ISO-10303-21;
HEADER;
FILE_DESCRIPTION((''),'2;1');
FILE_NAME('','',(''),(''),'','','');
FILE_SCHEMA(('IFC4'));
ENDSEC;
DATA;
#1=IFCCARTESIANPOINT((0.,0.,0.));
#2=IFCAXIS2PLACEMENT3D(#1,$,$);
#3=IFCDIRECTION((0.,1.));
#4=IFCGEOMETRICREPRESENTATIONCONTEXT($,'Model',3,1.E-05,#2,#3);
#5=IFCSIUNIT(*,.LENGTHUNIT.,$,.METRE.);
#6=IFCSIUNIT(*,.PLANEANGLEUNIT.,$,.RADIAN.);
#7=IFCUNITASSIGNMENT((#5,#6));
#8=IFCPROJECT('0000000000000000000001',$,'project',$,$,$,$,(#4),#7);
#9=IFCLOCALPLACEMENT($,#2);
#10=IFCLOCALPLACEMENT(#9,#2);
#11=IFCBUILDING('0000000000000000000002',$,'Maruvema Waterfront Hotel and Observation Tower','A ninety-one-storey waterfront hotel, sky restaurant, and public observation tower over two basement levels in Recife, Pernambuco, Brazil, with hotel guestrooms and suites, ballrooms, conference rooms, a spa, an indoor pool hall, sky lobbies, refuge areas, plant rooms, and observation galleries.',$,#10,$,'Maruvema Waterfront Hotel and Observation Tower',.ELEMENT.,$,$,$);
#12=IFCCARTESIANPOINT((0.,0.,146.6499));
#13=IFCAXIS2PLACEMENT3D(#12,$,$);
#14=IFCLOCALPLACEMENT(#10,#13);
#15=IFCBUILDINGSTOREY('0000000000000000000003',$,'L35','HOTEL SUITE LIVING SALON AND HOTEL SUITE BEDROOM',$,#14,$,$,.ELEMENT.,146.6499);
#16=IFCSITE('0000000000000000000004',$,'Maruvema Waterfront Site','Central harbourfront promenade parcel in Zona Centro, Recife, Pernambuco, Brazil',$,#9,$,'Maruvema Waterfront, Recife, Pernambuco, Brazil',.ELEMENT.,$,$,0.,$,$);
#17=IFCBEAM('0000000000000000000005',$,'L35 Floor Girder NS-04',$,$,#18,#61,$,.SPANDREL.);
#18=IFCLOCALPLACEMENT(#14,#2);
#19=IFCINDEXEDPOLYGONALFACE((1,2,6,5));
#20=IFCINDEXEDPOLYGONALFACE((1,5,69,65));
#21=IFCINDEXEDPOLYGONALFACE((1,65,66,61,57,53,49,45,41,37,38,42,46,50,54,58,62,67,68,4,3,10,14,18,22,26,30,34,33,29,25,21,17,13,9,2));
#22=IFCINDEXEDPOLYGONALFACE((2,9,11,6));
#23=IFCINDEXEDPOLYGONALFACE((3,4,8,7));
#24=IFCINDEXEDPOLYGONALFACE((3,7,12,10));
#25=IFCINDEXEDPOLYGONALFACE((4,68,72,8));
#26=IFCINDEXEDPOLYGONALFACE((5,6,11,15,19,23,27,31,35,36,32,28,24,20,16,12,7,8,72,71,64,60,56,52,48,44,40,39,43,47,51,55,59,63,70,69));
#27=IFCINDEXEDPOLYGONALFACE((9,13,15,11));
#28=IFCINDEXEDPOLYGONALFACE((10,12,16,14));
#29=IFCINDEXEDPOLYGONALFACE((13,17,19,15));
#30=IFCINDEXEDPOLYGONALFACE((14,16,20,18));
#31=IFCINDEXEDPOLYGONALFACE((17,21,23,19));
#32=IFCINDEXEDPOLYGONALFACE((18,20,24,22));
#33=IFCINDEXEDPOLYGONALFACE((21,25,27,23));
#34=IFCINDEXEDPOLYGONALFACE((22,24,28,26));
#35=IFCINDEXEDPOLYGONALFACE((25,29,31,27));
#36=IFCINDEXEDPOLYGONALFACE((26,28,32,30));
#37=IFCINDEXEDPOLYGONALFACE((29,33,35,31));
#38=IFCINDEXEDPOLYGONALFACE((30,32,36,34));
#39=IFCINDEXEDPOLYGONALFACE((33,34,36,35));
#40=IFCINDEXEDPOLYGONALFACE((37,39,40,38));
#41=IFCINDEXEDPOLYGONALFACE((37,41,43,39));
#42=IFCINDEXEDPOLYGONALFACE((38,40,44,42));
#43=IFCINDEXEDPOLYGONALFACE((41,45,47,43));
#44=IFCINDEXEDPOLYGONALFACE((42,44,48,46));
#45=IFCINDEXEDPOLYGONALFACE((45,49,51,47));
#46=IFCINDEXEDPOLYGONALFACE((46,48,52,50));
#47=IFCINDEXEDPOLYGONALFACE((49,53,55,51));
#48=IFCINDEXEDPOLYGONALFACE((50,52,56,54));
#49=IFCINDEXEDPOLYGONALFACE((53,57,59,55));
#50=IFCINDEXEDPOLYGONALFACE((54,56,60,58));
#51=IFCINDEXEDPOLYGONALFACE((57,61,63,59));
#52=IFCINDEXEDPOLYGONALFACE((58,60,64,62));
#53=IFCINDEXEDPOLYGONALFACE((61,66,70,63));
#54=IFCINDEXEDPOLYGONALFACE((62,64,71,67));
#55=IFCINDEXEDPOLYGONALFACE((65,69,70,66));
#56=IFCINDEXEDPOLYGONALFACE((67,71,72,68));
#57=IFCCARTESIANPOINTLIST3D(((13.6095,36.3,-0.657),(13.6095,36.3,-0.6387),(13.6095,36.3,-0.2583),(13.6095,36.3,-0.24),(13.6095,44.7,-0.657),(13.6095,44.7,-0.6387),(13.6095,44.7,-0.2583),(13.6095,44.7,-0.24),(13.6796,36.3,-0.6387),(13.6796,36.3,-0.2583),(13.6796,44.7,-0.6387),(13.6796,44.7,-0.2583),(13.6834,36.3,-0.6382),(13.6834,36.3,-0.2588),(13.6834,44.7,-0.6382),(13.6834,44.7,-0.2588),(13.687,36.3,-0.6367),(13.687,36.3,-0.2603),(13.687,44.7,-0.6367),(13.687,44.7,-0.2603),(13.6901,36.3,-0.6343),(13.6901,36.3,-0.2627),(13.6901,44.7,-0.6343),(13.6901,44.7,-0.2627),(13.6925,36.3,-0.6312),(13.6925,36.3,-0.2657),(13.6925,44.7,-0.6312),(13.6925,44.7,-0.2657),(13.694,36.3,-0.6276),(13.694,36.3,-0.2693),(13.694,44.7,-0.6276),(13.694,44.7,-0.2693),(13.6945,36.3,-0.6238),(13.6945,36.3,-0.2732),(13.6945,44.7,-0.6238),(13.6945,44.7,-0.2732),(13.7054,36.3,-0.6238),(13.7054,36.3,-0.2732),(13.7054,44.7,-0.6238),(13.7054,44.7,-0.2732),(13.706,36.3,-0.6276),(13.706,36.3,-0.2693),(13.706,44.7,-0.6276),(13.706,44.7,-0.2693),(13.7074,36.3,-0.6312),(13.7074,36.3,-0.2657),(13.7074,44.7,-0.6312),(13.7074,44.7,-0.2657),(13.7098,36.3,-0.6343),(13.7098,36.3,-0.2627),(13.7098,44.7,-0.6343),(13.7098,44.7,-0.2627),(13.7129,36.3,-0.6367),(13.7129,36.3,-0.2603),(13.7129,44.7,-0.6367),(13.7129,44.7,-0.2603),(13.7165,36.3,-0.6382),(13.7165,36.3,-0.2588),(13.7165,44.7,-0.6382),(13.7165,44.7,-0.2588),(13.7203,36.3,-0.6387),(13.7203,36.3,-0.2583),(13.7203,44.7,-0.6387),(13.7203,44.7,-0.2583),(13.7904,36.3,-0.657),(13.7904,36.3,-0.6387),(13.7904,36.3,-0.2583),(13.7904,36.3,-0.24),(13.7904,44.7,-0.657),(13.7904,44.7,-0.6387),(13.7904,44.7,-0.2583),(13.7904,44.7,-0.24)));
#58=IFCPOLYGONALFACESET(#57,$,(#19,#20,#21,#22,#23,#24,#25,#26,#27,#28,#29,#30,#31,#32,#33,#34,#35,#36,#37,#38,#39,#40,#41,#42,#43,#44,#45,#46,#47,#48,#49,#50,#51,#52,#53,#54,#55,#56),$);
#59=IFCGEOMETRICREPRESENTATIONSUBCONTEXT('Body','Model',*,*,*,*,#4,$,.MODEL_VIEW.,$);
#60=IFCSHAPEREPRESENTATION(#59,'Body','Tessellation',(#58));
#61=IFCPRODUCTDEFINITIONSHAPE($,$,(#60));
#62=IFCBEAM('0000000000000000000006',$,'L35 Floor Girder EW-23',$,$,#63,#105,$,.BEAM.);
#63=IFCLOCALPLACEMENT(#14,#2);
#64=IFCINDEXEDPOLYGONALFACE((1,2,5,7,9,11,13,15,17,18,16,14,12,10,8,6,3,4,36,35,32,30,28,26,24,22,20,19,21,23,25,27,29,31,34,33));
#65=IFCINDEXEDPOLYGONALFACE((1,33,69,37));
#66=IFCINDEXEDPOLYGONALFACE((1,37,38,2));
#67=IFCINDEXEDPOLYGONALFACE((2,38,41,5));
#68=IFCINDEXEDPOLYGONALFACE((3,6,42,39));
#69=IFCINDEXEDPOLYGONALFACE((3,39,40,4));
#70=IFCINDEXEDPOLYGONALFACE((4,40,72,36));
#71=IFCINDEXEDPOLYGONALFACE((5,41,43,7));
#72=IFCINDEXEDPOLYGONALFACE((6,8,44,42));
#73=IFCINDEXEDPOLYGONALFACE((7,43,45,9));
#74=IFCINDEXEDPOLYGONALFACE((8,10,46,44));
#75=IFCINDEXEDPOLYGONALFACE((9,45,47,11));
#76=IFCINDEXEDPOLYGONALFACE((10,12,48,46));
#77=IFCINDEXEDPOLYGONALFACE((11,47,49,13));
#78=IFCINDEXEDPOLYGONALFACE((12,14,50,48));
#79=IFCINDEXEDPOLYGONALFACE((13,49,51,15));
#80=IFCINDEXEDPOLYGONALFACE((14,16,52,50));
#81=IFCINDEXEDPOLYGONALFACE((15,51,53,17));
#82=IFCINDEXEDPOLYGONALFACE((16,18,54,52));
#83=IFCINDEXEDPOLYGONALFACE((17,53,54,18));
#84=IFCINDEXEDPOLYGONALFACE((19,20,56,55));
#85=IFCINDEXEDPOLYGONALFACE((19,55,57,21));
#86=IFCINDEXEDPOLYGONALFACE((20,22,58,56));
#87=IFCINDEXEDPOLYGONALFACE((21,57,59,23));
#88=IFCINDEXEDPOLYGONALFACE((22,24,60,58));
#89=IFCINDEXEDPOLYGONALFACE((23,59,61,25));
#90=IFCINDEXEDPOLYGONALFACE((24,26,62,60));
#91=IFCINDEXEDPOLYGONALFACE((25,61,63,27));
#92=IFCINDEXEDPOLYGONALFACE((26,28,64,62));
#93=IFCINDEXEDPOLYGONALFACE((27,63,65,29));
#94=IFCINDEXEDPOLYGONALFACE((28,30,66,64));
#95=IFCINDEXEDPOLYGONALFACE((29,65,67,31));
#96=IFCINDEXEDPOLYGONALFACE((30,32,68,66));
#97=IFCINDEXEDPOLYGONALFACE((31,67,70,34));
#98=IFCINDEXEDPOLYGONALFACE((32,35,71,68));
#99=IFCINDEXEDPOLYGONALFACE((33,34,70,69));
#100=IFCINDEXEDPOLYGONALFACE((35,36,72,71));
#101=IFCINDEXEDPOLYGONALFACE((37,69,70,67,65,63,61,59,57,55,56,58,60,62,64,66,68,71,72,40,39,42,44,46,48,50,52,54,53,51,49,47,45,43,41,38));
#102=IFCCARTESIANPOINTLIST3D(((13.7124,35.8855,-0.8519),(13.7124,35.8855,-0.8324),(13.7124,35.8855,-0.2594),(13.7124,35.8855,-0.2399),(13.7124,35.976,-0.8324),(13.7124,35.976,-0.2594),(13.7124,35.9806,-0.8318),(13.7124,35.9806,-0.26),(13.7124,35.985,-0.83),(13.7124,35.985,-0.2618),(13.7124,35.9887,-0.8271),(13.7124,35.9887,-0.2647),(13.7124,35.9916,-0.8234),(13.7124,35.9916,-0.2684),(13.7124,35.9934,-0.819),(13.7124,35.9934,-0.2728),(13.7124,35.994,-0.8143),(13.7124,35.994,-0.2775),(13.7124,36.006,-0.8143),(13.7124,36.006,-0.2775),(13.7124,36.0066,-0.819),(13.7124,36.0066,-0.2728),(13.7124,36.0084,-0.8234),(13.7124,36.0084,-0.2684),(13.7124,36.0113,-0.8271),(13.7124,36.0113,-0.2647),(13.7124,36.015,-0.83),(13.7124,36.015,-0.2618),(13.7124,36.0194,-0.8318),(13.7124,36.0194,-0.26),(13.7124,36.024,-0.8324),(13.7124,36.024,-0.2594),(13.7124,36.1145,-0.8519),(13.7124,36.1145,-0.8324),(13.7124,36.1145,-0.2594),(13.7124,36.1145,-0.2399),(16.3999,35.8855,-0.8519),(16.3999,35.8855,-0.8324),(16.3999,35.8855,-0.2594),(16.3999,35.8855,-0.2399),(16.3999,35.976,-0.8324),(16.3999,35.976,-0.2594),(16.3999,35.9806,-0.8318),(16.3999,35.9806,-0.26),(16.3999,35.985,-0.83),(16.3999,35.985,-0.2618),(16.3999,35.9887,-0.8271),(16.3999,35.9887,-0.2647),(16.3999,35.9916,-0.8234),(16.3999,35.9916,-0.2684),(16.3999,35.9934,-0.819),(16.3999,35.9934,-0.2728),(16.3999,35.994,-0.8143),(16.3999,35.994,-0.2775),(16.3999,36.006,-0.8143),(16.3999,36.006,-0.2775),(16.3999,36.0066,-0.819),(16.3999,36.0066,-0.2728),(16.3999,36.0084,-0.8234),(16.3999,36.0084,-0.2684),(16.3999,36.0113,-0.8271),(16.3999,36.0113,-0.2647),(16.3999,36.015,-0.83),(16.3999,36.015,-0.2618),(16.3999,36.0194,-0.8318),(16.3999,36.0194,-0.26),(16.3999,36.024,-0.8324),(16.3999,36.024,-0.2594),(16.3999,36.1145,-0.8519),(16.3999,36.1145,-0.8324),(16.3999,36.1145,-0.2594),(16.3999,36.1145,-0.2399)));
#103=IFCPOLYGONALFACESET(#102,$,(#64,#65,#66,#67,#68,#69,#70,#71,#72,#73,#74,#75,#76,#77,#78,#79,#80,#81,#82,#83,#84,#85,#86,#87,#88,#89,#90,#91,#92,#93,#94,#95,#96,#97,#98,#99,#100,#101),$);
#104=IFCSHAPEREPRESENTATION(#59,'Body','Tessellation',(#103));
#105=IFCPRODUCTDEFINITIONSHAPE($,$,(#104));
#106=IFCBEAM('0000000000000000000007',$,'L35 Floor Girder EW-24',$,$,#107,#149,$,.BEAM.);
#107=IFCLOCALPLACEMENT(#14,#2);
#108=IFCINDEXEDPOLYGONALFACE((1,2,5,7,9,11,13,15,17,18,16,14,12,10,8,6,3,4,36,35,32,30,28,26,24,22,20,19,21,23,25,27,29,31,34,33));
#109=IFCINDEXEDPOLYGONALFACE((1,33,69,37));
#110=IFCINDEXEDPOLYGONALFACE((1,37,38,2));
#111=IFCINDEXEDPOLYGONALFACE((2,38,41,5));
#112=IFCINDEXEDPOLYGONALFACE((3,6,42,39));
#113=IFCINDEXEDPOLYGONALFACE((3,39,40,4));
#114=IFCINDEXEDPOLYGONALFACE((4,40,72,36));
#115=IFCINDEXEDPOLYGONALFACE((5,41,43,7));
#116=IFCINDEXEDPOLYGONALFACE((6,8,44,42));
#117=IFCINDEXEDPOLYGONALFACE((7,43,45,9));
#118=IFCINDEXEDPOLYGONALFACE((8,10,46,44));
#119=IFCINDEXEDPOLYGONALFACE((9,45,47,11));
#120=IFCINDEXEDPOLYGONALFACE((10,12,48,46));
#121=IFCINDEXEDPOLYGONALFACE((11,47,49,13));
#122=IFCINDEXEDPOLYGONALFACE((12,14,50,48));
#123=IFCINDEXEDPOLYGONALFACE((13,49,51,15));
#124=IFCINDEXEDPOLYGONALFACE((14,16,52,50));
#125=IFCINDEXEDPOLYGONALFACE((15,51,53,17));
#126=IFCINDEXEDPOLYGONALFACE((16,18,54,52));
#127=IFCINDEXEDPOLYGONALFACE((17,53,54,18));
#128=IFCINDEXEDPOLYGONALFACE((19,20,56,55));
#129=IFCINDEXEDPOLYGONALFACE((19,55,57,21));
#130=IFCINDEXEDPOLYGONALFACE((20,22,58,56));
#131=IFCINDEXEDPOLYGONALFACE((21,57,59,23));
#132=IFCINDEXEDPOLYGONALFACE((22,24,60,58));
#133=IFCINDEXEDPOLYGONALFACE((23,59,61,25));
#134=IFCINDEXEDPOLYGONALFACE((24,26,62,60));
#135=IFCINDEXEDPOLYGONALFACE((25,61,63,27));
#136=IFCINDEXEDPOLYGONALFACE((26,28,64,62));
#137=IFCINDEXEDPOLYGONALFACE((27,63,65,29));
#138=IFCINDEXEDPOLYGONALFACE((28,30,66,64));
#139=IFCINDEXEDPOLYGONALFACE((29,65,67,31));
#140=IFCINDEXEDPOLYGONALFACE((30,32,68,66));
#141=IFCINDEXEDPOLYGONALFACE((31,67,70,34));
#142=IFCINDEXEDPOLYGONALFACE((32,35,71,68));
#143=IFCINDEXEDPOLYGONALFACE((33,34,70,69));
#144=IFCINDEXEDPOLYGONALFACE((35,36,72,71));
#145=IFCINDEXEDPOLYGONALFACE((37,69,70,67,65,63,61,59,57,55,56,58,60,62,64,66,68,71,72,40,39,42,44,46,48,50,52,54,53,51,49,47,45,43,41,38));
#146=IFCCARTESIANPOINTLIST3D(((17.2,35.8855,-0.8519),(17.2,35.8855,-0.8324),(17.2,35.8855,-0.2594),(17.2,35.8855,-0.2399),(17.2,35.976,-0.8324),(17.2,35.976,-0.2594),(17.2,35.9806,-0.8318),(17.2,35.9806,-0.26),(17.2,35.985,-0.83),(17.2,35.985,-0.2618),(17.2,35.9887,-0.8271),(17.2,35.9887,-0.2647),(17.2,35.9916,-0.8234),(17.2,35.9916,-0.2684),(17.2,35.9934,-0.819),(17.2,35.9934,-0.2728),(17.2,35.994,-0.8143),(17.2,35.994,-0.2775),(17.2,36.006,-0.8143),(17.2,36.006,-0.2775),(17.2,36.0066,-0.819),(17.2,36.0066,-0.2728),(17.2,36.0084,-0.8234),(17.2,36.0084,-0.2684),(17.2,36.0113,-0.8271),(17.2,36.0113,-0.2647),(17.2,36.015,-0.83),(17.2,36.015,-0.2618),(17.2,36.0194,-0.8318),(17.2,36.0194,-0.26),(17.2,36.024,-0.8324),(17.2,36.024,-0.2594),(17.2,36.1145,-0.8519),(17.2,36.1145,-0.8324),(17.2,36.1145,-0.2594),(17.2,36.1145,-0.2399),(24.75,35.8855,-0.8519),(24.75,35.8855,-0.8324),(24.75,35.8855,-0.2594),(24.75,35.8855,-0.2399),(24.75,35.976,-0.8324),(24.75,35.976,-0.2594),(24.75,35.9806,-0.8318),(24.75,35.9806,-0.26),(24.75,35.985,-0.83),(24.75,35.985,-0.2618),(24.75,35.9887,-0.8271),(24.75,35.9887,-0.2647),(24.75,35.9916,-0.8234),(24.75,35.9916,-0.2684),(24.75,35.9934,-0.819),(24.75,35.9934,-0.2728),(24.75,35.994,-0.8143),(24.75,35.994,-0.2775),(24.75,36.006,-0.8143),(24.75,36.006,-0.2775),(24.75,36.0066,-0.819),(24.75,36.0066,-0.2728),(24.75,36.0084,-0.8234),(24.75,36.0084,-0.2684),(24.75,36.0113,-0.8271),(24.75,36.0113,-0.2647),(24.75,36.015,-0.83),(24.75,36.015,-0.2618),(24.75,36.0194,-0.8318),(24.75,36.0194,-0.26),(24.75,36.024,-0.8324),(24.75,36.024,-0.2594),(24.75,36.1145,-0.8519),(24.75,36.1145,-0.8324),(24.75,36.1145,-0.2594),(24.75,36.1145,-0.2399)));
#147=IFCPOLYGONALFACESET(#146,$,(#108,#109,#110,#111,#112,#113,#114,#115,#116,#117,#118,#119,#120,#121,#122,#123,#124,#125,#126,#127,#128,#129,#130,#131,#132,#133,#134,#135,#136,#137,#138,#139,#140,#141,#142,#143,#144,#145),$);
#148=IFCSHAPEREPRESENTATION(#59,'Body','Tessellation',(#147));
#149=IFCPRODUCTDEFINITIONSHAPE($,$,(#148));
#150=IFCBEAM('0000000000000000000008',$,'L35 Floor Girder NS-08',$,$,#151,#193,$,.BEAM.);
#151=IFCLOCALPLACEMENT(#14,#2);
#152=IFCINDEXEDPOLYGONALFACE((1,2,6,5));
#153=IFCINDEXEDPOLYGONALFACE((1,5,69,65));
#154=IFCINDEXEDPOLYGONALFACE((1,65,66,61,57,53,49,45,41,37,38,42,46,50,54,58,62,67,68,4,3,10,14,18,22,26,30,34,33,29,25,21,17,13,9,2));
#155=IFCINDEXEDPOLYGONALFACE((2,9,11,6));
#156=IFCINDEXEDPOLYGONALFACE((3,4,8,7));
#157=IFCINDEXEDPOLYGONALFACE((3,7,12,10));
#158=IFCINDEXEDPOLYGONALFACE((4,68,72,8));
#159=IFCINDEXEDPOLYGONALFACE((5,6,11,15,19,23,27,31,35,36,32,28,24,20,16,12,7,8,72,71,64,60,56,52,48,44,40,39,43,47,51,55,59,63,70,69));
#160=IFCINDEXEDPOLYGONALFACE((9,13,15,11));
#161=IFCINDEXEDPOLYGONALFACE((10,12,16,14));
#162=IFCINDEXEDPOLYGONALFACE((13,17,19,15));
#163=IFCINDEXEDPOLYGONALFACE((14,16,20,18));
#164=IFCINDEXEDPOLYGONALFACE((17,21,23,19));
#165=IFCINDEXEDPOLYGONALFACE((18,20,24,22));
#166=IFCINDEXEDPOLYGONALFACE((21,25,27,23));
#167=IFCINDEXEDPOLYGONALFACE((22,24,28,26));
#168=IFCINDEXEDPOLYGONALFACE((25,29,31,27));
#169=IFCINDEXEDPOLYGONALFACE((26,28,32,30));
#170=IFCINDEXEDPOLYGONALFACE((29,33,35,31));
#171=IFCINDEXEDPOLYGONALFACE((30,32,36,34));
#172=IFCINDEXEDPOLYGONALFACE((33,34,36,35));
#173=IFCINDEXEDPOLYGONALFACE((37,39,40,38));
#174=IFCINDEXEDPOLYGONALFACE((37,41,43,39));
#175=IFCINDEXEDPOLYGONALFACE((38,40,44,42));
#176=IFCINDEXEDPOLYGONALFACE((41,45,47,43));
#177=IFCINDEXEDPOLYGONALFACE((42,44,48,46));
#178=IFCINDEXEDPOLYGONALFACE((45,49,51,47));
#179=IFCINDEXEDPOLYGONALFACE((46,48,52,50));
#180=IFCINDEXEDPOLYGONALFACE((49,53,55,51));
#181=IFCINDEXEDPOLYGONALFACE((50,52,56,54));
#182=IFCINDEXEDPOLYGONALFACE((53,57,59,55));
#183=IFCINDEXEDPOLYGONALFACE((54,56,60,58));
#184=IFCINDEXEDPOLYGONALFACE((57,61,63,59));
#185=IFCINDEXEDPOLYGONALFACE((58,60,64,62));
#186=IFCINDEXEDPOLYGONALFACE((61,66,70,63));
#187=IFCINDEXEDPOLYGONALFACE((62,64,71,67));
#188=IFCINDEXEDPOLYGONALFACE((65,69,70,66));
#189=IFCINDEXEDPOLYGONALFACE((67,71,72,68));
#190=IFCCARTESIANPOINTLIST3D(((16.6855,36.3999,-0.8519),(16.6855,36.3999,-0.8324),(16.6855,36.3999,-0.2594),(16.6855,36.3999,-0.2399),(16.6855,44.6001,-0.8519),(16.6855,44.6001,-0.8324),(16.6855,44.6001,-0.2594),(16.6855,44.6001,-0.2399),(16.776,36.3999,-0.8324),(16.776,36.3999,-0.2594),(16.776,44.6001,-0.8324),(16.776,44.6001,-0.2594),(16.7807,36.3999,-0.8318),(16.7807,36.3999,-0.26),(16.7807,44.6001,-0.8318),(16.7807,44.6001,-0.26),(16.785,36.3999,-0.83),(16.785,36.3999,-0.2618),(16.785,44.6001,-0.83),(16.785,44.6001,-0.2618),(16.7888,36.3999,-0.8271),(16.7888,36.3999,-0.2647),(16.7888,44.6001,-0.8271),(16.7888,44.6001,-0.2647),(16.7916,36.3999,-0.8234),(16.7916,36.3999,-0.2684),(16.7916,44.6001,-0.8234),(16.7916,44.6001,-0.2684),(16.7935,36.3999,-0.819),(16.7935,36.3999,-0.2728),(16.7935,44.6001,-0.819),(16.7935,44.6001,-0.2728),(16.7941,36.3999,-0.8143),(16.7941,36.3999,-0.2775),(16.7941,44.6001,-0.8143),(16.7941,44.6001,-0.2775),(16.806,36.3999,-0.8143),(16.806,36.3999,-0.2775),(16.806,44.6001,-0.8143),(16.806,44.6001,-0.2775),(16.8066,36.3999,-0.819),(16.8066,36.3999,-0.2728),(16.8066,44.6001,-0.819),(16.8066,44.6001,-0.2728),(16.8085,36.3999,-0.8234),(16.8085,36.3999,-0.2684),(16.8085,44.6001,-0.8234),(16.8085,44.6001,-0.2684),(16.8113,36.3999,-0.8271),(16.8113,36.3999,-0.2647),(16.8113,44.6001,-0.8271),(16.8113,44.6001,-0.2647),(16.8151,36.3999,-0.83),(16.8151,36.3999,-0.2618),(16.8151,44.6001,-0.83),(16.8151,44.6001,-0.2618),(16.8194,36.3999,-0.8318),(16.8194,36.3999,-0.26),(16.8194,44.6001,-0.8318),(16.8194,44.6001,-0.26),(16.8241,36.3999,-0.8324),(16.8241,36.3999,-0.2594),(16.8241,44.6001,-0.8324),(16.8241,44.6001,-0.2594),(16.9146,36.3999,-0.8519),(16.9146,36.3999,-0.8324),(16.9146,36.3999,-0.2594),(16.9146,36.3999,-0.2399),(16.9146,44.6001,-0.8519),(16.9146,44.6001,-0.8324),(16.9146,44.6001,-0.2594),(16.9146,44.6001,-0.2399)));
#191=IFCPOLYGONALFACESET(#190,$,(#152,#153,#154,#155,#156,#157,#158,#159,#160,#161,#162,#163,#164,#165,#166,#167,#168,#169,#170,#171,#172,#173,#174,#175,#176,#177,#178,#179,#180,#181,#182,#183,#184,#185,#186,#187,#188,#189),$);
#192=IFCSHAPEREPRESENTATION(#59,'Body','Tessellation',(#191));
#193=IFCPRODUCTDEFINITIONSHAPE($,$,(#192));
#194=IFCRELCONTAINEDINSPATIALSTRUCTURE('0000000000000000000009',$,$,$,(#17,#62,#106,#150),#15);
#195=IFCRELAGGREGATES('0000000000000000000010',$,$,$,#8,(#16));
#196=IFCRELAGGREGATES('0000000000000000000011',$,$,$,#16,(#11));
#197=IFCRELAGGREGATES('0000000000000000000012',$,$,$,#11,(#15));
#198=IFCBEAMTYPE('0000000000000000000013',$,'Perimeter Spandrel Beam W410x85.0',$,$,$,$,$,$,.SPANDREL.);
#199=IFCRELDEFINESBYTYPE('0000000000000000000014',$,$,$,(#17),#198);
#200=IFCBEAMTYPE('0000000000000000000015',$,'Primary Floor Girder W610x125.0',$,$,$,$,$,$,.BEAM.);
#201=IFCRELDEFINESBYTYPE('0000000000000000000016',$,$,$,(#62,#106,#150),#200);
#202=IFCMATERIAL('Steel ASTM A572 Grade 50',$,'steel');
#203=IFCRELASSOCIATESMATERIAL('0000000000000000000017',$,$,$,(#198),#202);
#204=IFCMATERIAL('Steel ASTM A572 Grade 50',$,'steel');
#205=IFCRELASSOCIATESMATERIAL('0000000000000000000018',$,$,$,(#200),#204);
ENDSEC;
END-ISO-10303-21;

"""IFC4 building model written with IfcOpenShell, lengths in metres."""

from ifc_helpers import new_model, si_unit, direction, frame, origin, origin_2d, place, context, subcontext, project, spatial, i_section, extrude, material, material_profile, profile_set, type_object, element, save


model = new_model("IFC4")

# Units and contexts
model_context = context("Model", 3, precision=1e-05, world=origin(), true_north=direction((0.0, 1.0)))
body_context = subcontext(model_context, "Body", "Model", "MODEL_VIEW")
ifc_project = project(units=[si_unit("LENGTHUNIT", "METRE"), si_unit("PLANEANGLEUNIT", "RADIAN")], contexts=[model_context])

# Site, building, storey
site_placement = place(None, origin())
site = spatial("IfcSite", under=ifc_project, at=site_placement, Name="Maruvema Waterfront Site", Description="Central harbourfront promenade parcel in Zona Centro, Recife, Pernambuco, Brazil", LongName="Maruvema Waterfront, Recife, Pernambuco, Brazil", CompositionType="ELEMENT", RefElevation=0.0)
building_placement = place(site_placement, origin())
building = spatial("IfcBuilding", under=site, at=building_placement, Name="Maruvema Waterfront Hotel and Observation Tower", Description="A ninety-one-storey waterfront hotel, sky restaurant, and public observation tower over two basement levels in Recife, Pernambuco, Brazil, with hotel guestrooms and suites, ballrooms, conference rooms, a spa, an indoor pool hall, sky lobbies, refuge areas, plant rooms, and observation galleries.", LongName="Maruvema Waterfront Hotel and Observation Tower", CompositionType="ELEMENT")
storey_placement = place(building_placement, frame((0.0, 0.0, 146.6499)))
storey = spatial("IfcBuildingStorey", under=building, at=storey_placement, Name="L35", Description="HOTEL SUITE LIVING SALON AND HOTEL SUITE BEDROOM", CompositionType="ELEMENT", Elevation=146.6499)

# Beams
ifc_material_1 = material(Name="Steel ASTM A572 Grade 50", Category="steel")
ifc_material_profile_1 = material_profile(ifc_material_1, i_section(OverallWidth=0.1809, OverallDepth=0.417, WebThickness=0.011, FlangeThickness=0.0183, FilletRadius=0.0149, at=origin_2d()), Name="W410x85.0")
ifc_profile_set_1 = profile_set([ifc_material_profile_1], Name="Steel ASTM A572 Grade 50")
beam_type_1 = type_object("IfcBeamType", Name="Perimeter Spandrel Beam W410x85.0", PredefinedType="SPANDREL", material=ifc_profile_set_1)
beam_1_placement = place(storey_placement, frame((13.7, 36.3, -0.4485), z_axis=(0.0, 1.0, 0.0), x_axis=(-1.0, 0.0, 0.0)))
element("IfcBeam", 1, at=beam_1_placement, inside=storey, type_object=beam_type_1, Name="L35 Floor Girder NS-04", PredefinedType="SPANDREL", context=body_context, shape_type="SweptSolid", body=[
    extrude(i_section(OverallWidth=0.1809, OverallDepth=0.417, WebThickness=0.011, FlangeThickness=0.0183, FilletRadius=0.0149, at=origin_2d()), origin(), (0.0, 0.0, 1.0), 8.3999),
])
ifc_material_2 = material(Name="Steel ASTM A572 Grade 50", Category="steel")
ifc_material_profile_2 = material_profile(ifc_material_2, i_section(OverallWidth=0.229, OverallDepth=0.6121, WebThickness=0.012, FlangeThickness=0.0195, FilletRadius=0.0181, at=origin_2d()), Name="W610x125.0")
ifc_profile_set_2 = profile_set([ifc_material_profile_2], Name="Steel ASTM A572 Grade 50")
beam_type_2 = type_object("IfcBeamType", Name="Primary Floor Girder W610x125.0", PredefinedType="BEAM", material=ifc_profile_set_2)
beam_2_placement = place(storey_placement, frame((13.7124, 36.0, -0.5459), z_axis=(1.0, 0.0, 0.0), x_axis=(0.0, 1.0, 0.0)))
element("IfcBeam", 2, at=beam_2_placement, inside=storey, type_object=beam_type_2, Name="L35 Floor Girder EW-23", PredefinedType="BEAM", context=body_context, shape_type="SweptSolid", body=[
    extrude(i_section(OverallWidth=0.229, OverallDepth=0.6121, WebThickness=0.012, FlangeThickness=0.0195, FilletRadius=0.0181, at=origin_2d()), origin(), (0.0, 0.0, 1.0), 2.6875),
])
beam_3_placement = place(storey_placement, frame((17.2, 36.0, -0.5459), z_axis=(1.0, 0.0, 0.0), x_axis=(0.0, 1.0, 0.0)))
element("IfcBeam", 3, at=beam_3_placement, inside=storey, type_object=beam_type_2, Name="L35 Floor Girder EW-24", PredefinedType="BEAM", context=body_context, shape_type="SweptSolid", body=[
    extrude(i_section(OverallWidth=0.229, OverallDepth=0.6121, WebThickness=0.012, FlangeThickness=0.0195, FilletRadius=0.0181, at=origin_2d()), origin(), (0.0, 0.0, 1.0), 7.55),
])
beam_4_placement = place(storey_placement, frame((16.8, 36.3999, -0.5459), z_axis=(0.0, 1.0, 0.0), x_axis=(-1.0, 0.0, 0.0)))
element("IfcBeam", 4, at=beam_4_placement, inside=storey, type_object=beam_type_2, Name="L35 Floor Girder NS-08", PredefinedType="BEAM", context=body_context, shape_type="SweptSolid", body=[
    extrude(i_section(OverallWidth=0.229, OverallDepth=0.6121, WebThickness=0.012, FlangeThickness=0.0195, FilletRadius=0.0181, at=origin_2d()), origin(), (0.0, 0.0, 1.0), 8.2002),
])

save(model, "model.ifc")
